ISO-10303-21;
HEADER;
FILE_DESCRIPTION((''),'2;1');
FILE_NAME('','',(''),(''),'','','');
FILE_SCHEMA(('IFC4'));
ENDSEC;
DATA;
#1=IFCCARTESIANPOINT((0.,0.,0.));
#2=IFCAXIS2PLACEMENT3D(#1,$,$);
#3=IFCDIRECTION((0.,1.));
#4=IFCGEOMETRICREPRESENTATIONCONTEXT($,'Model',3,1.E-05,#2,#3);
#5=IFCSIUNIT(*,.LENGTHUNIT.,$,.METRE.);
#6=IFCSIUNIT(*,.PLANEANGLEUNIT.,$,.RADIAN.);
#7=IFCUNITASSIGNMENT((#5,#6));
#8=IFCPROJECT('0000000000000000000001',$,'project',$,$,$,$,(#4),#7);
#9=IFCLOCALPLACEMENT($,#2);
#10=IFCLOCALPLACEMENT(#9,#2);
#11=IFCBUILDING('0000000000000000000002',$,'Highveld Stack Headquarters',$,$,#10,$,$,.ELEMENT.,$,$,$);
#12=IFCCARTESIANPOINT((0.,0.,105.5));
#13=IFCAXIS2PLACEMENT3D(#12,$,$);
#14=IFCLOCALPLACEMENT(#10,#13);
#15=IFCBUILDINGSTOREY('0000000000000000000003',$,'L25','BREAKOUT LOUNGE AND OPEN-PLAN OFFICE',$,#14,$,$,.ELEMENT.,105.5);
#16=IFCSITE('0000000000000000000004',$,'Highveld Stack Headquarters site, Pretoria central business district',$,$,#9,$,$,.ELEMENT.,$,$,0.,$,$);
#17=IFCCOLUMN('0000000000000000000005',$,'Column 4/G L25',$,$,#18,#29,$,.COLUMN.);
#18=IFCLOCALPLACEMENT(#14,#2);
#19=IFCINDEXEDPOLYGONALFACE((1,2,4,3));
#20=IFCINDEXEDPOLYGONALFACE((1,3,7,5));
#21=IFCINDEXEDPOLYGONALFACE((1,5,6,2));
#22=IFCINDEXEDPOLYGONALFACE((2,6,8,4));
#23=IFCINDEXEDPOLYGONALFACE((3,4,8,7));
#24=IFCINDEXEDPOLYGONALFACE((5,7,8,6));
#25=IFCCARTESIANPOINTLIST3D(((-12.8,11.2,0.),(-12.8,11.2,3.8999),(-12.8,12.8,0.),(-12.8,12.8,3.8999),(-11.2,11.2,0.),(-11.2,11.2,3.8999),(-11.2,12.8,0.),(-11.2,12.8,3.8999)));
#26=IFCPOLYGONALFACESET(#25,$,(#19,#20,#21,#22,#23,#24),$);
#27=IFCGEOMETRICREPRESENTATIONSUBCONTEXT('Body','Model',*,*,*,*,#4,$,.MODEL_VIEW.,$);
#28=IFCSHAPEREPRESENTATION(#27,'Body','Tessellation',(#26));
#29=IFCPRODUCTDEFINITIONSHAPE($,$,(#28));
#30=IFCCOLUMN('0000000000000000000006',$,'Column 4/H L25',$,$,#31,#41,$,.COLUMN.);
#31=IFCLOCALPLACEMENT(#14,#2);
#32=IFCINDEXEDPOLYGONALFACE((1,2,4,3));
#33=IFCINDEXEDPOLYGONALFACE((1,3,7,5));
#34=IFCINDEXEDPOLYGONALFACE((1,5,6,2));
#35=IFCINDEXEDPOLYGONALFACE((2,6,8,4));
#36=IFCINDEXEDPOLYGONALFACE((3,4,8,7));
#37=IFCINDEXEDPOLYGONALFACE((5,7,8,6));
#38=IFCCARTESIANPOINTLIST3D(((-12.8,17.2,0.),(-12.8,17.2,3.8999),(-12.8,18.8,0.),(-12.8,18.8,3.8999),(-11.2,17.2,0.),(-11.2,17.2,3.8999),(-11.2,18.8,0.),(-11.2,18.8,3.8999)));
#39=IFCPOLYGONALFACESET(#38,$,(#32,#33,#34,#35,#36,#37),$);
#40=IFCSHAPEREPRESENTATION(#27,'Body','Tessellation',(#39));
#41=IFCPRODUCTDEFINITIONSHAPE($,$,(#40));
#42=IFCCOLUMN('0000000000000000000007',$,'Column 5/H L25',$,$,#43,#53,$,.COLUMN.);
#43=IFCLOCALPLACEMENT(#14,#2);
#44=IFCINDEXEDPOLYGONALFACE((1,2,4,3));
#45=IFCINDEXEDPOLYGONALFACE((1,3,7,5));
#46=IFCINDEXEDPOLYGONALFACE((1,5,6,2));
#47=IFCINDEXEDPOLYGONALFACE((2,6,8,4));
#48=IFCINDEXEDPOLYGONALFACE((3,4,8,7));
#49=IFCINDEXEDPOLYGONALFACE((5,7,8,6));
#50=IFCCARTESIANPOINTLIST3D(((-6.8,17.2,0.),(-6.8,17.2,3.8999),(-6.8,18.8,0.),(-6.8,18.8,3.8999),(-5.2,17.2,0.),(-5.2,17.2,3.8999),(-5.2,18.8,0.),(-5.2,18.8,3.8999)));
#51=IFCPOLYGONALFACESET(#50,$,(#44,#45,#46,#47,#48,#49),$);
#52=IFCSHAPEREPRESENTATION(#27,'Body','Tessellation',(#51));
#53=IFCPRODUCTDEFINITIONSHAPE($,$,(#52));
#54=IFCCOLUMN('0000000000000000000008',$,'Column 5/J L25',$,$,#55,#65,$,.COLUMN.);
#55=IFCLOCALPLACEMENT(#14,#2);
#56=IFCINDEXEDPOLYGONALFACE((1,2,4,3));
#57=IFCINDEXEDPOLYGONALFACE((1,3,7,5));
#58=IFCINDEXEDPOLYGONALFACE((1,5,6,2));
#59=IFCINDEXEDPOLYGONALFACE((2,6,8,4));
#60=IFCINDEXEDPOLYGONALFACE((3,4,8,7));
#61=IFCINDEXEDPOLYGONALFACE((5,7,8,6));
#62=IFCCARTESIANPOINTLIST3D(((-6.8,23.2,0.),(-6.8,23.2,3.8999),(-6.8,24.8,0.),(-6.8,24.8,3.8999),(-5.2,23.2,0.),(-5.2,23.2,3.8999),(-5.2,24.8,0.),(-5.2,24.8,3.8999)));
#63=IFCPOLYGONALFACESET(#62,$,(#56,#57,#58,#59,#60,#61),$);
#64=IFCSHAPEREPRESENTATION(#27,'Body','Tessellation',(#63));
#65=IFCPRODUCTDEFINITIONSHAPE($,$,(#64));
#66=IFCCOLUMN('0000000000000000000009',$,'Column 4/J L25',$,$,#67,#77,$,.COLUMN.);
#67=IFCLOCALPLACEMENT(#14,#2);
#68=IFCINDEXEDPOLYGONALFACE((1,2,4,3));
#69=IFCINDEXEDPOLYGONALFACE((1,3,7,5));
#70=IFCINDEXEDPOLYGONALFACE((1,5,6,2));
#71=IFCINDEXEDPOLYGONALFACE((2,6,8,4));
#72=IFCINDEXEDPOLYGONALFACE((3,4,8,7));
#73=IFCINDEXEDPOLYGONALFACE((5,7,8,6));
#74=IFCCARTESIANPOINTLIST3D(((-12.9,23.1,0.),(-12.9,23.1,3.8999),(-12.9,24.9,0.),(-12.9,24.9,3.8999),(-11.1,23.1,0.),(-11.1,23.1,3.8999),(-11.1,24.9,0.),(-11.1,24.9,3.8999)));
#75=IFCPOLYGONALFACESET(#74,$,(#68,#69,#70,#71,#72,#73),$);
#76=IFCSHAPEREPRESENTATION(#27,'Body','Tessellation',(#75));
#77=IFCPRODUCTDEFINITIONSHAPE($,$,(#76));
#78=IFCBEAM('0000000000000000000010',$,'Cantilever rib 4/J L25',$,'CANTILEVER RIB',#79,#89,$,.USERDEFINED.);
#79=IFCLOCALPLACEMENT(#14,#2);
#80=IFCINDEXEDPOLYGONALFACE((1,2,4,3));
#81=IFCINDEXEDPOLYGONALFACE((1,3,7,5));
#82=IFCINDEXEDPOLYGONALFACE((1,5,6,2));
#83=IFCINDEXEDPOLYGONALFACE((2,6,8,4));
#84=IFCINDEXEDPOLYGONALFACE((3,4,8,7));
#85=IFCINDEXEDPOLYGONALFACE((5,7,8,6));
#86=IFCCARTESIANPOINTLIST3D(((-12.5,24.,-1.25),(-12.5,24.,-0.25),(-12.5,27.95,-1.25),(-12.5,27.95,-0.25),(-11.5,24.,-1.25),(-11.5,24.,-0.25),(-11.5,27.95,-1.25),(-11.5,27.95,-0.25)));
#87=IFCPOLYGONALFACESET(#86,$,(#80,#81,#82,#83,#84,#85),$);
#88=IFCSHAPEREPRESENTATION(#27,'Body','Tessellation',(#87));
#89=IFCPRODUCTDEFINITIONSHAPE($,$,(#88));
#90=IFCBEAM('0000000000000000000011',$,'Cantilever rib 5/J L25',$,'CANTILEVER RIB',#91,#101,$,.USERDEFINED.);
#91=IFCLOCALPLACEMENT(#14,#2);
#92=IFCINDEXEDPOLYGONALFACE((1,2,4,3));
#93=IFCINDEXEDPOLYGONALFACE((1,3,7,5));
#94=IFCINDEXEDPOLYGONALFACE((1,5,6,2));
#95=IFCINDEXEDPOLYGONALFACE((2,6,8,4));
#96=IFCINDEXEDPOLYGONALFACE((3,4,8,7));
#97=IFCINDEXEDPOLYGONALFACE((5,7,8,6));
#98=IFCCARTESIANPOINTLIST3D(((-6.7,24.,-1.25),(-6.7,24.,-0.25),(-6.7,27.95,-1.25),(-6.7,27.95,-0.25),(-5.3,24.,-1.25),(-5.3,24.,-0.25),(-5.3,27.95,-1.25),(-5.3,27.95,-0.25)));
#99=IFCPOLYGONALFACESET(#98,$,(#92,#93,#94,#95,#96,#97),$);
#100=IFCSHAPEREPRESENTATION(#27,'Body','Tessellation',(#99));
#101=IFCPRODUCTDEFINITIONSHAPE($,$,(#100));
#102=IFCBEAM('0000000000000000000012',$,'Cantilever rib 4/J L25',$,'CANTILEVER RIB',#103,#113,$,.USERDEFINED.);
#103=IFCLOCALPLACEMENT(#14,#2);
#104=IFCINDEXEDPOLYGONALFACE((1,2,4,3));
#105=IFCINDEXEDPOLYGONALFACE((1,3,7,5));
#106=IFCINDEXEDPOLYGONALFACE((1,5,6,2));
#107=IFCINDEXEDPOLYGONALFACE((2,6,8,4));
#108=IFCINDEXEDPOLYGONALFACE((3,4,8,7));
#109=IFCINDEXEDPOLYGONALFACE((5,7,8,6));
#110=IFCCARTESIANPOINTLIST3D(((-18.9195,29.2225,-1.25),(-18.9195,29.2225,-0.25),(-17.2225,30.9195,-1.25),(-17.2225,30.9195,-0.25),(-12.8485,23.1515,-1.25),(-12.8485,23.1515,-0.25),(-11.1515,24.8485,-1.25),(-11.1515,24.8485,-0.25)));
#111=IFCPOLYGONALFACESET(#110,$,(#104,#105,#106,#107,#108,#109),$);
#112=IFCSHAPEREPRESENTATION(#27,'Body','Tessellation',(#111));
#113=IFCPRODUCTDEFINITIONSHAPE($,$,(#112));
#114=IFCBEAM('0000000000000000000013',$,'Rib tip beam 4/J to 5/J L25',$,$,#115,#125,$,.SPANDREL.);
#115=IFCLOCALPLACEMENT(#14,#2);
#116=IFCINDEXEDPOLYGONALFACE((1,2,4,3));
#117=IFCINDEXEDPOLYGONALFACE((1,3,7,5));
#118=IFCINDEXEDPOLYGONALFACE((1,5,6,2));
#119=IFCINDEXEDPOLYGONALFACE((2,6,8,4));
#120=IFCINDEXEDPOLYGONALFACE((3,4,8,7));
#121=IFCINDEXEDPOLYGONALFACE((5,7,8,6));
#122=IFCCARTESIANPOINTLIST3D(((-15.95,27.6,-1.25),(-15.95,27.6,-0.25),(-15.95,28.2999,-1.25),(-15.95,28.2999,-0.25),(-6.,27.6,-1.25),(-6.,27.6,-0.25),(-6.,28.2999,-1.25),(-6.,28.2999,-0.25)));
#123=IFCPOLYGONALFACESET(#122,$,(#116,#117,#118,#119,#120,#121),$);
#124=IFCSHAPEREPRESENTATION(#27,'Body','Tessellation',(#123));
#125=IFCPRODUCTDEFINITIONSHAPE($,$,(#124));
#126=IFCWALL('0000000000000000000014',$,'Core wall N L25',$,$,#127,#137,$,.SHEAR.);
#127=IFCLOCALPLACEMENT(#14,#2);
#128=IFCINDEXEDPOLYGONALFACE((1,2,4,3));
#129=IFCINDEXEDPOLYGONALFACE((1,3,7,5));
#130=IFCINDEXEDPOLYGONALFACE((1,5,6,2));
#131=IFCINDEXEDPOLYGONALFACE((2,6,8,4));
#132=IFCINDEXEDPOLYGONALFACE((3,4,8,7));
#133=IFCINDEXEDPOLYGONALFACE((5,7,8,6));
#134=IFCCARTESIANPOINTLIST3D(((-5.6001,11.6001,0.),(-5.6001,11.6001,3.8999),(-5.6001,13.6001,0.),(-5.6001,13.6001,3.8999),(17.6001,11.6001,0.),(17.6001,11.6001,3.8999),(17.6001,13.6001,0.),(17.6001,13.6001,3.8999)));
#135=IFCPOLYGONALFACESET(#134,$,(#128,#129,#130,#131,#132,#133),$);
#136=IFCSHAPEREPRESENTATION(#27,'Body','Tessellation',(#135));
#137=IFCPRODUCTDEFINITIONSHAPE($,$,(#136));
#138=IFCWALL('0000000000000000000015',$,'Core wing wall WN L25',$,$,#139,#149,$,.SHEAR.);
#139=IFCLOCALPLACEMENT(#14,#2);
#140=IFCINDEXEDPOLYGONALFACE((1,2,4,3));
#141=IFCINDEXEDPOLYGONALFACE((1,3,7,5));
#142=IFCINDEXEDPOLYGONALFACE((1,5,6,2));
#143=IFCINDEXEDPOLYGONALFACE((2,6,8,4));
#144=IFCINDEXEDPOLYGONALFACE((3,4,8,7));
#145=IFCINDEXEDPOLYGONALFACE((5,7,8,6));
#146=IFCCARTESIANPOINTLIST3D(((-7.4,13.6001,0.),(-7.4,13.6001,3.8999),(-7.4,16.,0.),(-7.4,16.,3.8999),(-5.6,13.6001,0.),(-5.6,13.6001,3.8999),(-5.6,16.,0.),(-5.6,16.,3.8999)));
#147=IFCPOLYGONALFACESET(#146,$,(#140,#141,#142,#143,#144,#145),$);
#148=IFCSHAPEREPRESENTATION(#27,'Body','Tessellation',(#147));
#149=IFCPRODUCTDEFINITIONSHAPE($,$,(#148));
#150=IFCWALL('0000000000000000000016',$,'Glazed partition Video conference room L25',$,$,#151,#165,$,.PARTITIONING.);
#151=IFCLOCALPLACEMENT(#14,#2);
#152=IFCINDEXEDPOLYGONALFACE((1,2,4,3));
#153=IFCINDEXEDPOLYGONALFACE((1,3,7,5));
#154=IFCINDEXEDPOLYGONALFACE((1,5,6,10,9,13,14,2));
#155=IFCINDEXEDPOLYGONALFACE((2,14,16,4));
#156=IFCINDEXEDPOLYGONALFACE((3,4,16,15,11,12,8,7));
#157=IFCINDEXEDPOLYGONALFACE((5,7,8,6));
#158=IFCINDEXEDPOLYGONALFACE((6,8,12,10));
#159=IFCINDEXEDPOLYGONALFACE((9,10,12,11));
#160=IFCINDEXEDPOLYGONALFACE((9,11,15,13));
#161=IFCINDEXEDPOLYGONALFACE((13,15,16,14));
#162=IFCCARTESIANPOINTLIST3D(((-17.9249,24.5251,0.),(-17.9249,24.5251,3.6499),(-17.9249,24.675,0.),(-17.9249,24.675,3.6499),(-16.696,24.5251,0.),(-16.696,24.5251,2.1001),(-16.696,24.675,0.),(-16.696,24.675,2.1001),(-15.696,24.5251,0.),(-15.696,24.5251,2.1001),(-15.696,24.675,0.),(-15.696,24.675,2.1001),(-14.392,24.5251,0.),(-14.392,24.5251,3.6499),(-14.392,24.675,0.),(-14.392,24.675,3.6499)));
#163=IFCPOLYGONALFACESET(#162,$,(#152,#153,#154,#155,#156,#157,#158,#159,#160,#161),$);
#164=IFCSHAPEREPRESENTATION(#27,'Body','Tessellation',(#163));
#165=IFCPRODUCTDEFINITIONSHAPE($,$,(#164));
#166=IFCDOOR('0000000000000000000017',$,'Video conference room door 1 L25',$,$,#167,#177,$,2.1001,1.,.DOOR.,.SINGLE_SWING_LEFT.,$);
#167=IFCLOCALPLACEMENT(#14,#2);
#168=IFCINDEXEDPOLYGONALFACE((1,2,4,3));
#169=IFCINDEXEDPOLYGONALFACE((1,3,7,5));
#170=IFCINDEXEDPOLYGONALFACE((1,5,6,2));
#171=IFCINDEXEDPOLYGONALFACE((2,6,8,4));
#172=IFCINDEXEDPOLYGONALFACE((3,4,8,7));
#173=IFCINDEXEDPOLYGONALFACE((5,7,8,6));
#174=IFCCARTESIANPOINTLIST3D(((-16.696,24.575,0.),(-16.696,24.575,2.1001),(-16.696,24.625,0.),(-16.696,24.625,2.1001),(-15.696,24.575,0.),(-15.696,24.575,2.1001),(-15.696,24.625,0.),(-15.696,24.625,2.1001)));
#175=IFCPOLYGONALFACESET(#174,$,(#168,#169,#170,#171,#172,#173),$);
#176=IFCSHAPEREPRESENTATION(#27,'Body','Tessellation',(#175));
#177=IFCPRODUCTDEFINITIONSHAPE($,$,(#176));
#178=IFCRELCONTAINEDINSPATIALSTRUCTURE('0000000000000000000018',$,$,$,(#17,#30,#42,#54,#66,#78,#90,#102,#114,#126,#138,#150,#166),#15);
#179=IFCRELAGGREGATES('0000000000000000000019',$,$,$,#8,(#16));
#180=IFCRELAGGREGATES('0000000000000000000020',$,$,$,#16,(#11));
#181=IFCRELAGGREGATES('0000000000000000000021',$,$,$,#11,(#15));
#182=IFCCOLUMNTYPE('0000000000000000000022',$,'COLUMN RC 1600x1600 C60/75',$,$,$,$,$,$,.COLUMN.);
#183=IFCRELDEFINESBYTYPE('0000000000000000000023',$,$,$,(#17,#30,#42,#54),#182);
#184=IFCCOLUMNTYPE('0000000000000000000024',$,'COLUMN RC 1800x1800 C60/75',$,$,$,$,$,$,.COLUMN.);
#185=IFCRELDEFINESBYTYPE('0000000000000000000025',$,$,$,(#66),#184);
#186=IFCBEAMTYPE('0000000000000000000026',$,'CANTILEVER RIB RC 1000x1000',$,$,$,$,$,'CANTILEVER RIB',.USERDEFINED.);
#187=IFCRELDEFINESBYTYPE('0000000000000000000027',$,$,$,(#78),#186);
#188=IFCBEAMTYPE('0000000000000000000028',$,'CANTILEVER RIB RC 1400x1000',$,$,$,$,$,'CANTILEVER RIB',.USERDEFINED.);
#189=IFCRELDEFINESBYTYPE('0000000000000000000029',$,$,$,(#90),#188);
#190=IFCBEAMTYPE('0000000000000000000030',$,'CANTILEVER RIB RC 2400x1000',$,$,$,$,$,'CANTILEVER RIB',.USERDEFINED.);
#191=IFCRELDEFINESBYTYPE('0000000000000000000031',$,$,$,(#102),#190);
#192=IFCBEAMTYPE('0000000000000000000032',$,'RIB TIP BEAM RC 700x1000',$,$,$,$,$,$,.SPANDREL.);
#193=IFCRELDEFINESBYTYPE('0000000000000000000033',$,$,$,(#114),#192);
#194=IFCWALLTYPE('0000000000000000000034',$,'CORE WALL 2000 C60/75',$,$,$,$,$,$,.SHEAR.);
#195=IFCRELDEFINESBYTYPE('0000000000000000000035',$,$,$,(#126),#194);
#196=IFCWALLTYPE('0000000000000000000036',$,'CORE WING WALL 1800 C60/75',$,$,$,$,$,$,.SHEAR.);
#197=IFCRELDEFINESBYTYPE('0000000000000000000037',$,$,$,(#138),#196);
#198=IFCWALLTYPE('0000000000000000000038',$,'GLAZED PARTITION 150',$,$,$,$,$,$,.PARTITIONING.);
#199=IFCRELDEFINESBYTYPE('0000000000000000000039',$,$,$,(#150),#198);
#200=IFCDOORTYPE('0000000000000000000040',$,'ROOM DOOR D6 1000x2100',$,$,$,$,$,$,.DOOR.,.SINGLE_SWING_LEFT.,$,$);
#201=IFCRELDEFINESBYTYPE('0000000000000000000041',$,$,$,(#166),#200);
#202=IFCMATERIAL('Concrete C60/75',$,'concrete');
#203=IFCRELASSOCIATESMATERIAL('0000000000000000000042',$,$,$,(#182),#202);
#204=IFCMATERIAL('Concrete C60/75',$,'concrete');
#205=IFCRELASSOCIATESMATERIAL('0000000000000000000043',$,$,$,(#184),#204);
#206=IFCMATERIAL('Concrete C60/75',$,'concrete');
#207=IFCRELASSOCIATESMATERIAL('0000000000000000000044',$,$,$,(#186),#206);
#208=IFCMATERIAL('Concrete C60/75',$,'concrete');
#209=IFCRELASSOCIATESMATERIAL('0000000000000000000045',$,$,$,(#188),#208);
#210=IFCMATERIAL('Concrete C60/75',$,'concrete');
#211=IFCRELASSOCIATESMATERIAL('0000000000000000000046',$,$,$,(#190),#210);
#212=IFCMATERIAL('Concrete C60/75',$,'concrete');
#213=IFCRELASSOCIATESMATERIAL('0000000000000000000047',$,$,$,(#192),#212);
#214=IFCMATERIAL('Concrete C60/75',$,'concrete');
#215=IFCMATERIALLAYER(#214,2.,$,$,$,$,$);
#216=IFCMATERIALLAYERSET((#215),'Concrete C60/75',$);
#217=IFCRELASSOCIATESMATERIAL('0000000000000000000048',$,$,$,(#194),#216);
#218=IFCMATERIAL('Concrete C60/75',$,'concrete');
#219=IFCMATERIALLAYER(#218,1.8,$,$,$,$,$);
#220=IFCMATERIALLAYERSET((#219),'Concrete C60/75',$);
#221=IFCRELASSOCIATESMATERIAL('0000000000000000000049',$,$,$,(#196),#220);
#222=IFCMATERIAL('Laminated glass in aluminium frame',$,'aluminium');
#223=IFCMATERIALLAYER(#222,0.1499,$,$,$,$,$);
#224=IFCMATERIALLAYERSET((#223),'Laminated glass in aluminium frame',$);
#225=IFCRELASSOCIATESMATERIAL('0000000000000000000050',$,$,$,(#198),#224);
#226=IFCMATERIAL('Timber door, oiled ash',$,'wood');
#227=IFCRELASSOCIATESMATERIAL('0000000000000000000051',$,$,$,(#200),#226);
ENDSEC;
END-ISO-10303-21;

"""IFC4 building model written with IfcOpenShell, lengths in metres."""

from ifc_helpers import new_model, si_unit, direction, frame, frame_2d, origin, origin_2d, place, context, subcontext, project, spatial, rectangle, extrude, material, layer, layer_set, material_profile, profile_set, type_object, element, fill, save


model = new_model("IFC4")

# Units and contexts
model_context = context("Model", 3, precision=1e-05, world=origin(), true_north=direction((0.0, 1.0)))
body_context = subcontext(model_context, "Body", "Model", "MODEL_VIEW")
ifc_project = project(units=[si_unit("LENGTHUNIT", "METRE"), si_unit("PLANEANGLEUNIT", "RADIAN")], contexts=[model_context])

# Site, building, storey
site_placement = place(None, origin())
site = spatial("IfcSite", under=ifc_project, at=site_placement, Name="Highveld Stack Headquarters site, Pretoria central business district", CompositionType="ELEMENT", RefElevation=0.0)
building_placement = place(site_placement, origin())
building = spatial("IfcBuilding", under=site, at=building_placement, Name="Highveld Stack Headquarters", CompositionType="ELEMENT")
storey_placement = place(building_placement, frame((0.0, 0.0, 105.5)))
storey = spatial("IfcBuildingStorey", under=building, at=storey_placement, Name="L25", Description="BREAKOUT LOUNGE AND OPEN-PLAN OFFICE", CompositionType="ELEMENT", Elevation=105.5)

# Columns
ifc_material_1 = material(Name="Concrete C60/75", Category="concrete")
ifc_material_profile_1 = material_profile(ifc_material_1, rectangle(XDim=1.6001, YDim=1.6001, at=origin_2d()), Name="RC 1600x1600")
ifc_profile_set_1 = profile_set([ifc_material_profile_1], Name="Concrete C60/75")
column_type_1 = type_object("IfcColumnType", Name="COLUMN RC 1600x1600 C60/75", PredefinedType="COLUMN", material=ifc_profile_set_1)
for number, where, z_axis, x_axis, name in (
    (1, (-12.0, 12.0, 0.0), (0.0, 0.0, 1.0), (1.0, 0.0, 0.0), "Column 4/G L25"),
    (2, (-12.0, 18.0, 0.0), (0.0, 0.0, 1.0), (1.0, 0.0, 0.0), "Column 4/H L25"),
    (3, (-6.0, 18.0, 0.0), (0.0, 0.0, 1.0), (1.0, 0.0, 0.0), "Column 5/H L25"),
    (4, (-6.0, 24.0, 0.0), (0.0, 0.0, 1.0), (1.0, 0.0, 0.0), "Column 5/J L25"),
):
    element("IfcColumn", number, at=place(storey_placement, frame(where, z_axis=z_axis, x_axis=x_axis)), inside=storey, type_object=column_type_1, Name=name, PredefinedType="COLUMN", context=body_context, shape_type="SweptSolid", body=[
        extrude(rectangle(XDim=1.6001, YDim=1.6001, at=origin_2d()), origin(), (0.0, 0.0, 1.0), 3.8999),
    ])
ifc_material_2 = material(Name="Concrete C60/75", Category="concrete")
ifc_material_profile_2 = material_profile(ifc_material_2, rectangle(XDim=1.8, YDim=1.8, at=origin_2d()), Name="RC 1800x1800")
ifc_profile_set_2 = profile_set([ifc_material_profile_2], Name="Concrete C60/75")
column_type_2 = type_object("IfcColumnType", Name="COLUMN RC 1800x1800 C60/75", PredefinedType="COLUMN", material=ifc_profile_set_2)
column_placement = place(storey_placement, frame((-12.0, 24.0, 0.0), z_axis=(0.0, 0.0, 1.0), x_axis=(1.0, 0.0, 0.0)))
element("IfcColumn", 5, at=column_placement, inside=storey, type_object=column_type_2, Name="Column 4/J L25", PredefinedType="COLUMN", context=body_context, shape_type="SweptSolid", body=[
    extrude(rectangle(XDim=1.8, YDim=1.8, at=origin_2d()), origin(), (0.0, 0.0, 1.0), 3.8999),
])

# Beams
ifc_material_3 = material(Name="Concrete C60/75", Category="concrete")
ifc_material_profile_3 = material_profile(ifc_material_3, rectangle(XDim=1.0, YDim=1.0, at=origin_2d()), Name="RC 1000x1000")
ifc_profile_set_3 = profile_set([ifc_material_profile_3], Name="Concrete C60/75")
beam_type_1 = type_object("IfcBeamType", Name="CANTILEVER RIB RC 1000x1000", ElementType="CANTILEVER RIB", PredefinedType="USERDEFINED", material=ifc_profile_set_3)
beam_1_placement = place(storey_placement, frame((-12.0, 24.0, -0.75), z_axis=(0.0, 1.0, 0.0), x_axis=(-1.0, 0.0, 0.0)))
element("IfcBeam", 6, at=beam_1_placement, inside=storey, type_object=beam_type_1, Name="Cantilever rib 4/J L25", ObjectType="CANTILEVER RIB", PredefinedType="USERDEFINED", context=body_context, shape_type="SweptSolid", body=[
    extrude(rectangle(XDim=1.0, YDim=1.0, at=origin_2d()), origin(), (0.0, 0.0, 1.0), 3.95),
])
ifc_material_4 = material(Name="Concrete C60/75", Category="concrete")
ifc_material_profile_4 = material_profile(ifc_material_4, rectangle(XDim=1.3999, YDim=1.0, at=origin_2d()), Name="RC 1400x1000")
ifc_profile_set_4 = profile_set([ifc_material_profile_4], Name="Concrete C60/75")
beam_type_2 = type_object("IfcBeamType", Name="CANTILEVER RIB RC 1400x1000", ElementType="CANTILEVER RIB", PredefinedType="USERDEFINED", material=ifc_profile_set_4)
beam_2_placement = place(storey_placement, frame((-6.0, 24.0, -0.75), z_axis=(0.0, 1.0, 0.0), x_axis=(-1.0, 0.0, 0.0)))
element("IfcBeam", 7, at=beam_2_placement, inside=storey, type_object=beam_type_2, Name="Cantilever rib 5/J L25", ObjectType="CANTILEVER RIB", PredefinedType="USERDEFINED", context=body_context, shape_type="SweptSolid", body=[
    extrude(rectangle(XDim=1.3999, YDim=1.0, at=origin_2d()), origin(), (0.0, 0.0, 1.0), 3.95),
])
ifc_material_5 = material(Name="Concrete C60/75", Category="concrete")
ifc_material_profile_5 = material_profile(ifc_material_5, rectangle(XDim=2.3999, YDim=1.0, at=origin_2d()), Name="RC 2400x1000")
ifc_profile_set_5 = profile_set([ifc_material_profile_5], Name="Concrete C60/75")
beam_type_3 = type_object("IfcBeamType", Name="CANTILEVER RIB RC 2400x1000", ElementType="CANTILEVER RIB", PredefinedType="USERDEFINED", material=ifc_profile_set_5)
beam_3_placement = place(storey_placement, frame((-12.0, 24.0, -0.75), z_axis=(-0.707107, 0.707107, 0.0), x_axis=(-0.707107, -0.707107, 0.0)))
element("IfcBeam", 8, at=beam_3_placement, inside=storey, type_object=beam_type_3, Name="Cantilever rib 4/J L25", ObjectType="CANTILEVER RIB", PredefinedType="USERDEFINED", context=body_context, shape_type="SweptSolid", body=[
    extrude(rectangle(XDim=2.3999, YDim=1.0, at=origin_2d()), origin(), (0.0, 0.0, 1.0), 8.5857),
])
ifc_material_6 = material(Name="Concrete C60/75", Category="concrete")
ifc_material_profile_6 = material_profile(ifc_material_6, rectangle(XDim=0.7, YDim=1.0, at=origin_2d()), Name="RC 700x1000")
ifc_profile_set_6 = profile_set([ifc_material_profile_6], Name="Concrete C60/75")
beam_type_4 = type_object("IfcBeamType", Name="RIB TIP BEAM RC 700x1000", PredefinedType="SPANDREL", material=ifc_profile_set_6)
beam_4_placement = place(storey_placement, frame((-15.95, 27.95, -0.75), z_axis=(1.0, 0.0, 0.0), x_axis=(0.0, 1.0, 0.0)))
element("IfcBeam", 9, at=beam_4_placement, inside=storey, type_object=beam_type_4, Name="Rib tip beam 4/J to 5/J L25", PredefinedType="SPANDREL", context=body_context, shape_type="SweptSolid", body=[
    extrude(rectangle(XDim=0.7, YDim=1.0, at=origin_2d()), origin(), (0.0, 0.0, 1.0), 9.95),
])

# Walls
ifc_material_7 = material(Name="Concrete C60/75", Category="concrete")
ifc_layer_1 = layer(ifc_material_7, 2.0)
ifc_layer_set_1 = layer_set([ifc_layer_1], Name="Concrete C60/75")
wall_type_1 = type_object("IfcWallType", Name="CORE WALL 2000 C60/75", PredefinedType="SHEAR", material=ifc_layer_set_1)
wall_1_placement = place(storey_placement, frame((-5.6001, 12.6001, 0.0), z_axis=(0.0, 0.0, 1.0), x_axis=(1.0, 0.0, 0.0)))
element("IfcWall", 10, at=wall_1_placement, inside=storey, type_object=wall_type_1, Name="Core wall N L25", PredefinedType="SHEAR", context=body_context, shape_type="SweptSolid", body=[
    extrude(rectangle(XDim=23.2002, YDim=2.0, at=frame_2d((11.6001, 0.0))), origin(), (0.0, 0.0, 1.0), 3.8999),
])
ifc_material_8 = material(Name="Concrete C60/75", Category="concrete")
ifc_layer_2 = layer(ifc_material_8, 1.8)
ifc_layer_set_2 = layer_set([ifc_layer_2], Name="Concrete C60/75")
wall_type_2 = type_object("IfcWallType", Name="CORE WING WALL 1800 C60/75", PredefinedType="SHEAR", material=ifc_layer_set_2)
wall_2_placement = place(storey_placement, frame((-6.5, 13.6001, 0.0), z_axis=(0.0, 0.0, 1.0), x_axis=(0.0, 1.0, 0.0)))
element("IfcWall", 11, at=wall_2_placement, inside=storey, type_object=wall_type_2, Name="Core wing wall WN L25", PredefinedType="SHEAR", context=body_context, shape_type="SweptSolid", body=[
    extrude(rectangle(XDim=2.3999, YDim=1.8, at=frame_2d((1.2, 0.0))), origin(), (0.0, 0.0, 1.0), 3.8999),
])

# Wall, opening, door
ifc_material_9 = material(Name="Laminated glass in aluminium frame", Category="aluminium")
ifc_layer_3 = layer(ifc_material_9, 0.1499)
ifc_layer_set_3 = layer_set([ifc_layer_3], Name="Laminated glass in aluminium frame")
wall_type_3 = type_object("IfcWallType", Name="GLAZED PARTITION 150", PredefinedType="PARTITIONING", material=ifc_layer_set_3)
wall_3_placement = place(storey_placement, frame((-17.925, 24.6001, 0.0), z_axis=(0.0, 0.0, 1.0), x_axis=(1.0, 0.0, 0.0)))
wall_3 = element("IfcWall", 12, at=wall_3_placement, inside=storey, type_object=wall_type_3, Name="Glazed partition Video conference room L25", PredefinedType="PARTITIONING", context=body_context, shape_type="SweptSolid", body=[
    extrude(rectangle(XDim=3.533, YDim=0.1499, at=frame_2d((1.7666, 0.0))), origin(), (0.0, 0.0, 1.0), 3.6499),
])
opening_1_placement = place(wall_3_placement, frame((1.229, 0.0, 0.0)))
opening_1 = element("IfcOpeningElement", 13, at=opening_1_placement, cuts=wall_3, PredefinedType="OPENING", context=body_context, shape_type="SweptSolid", body=[
    extrude(rectangle(XDim=1.0, YDim=2.1001, at=frame_2d((0.5, 1.05))), frame((0.0, 0.085, 0.0), z_axis=(0.0, -1.0, 0.0), x_axis=(1.0, 0.0, 0.0)), (0.0, 0.0, 1.0), 0.1699),
])
ifc_material_10 = material(Name="Timber door, oiled ash", Category="wood")
door_type = type_object("IfcDoorType", Name="ROOM DOOR D6 1000x2100", OperationType="SINGLE_SWING_LEFT", PredefinedType="DOOR", material=ifc_material_10)
door_1_placement = place(opening_1_placement, origin())
door_1 = element("IfcDoor", 14, at=door_1_placement, inside=storey, type_object=door_type, Name="Video conference room door 1 L25", OperationType="SINGLE_SWING_LEFT", OverallHeight=2.1001, OverallWidth=1.0, PredefinedType="DOOR", context=body_context, shape_type="SweptSolid", body=[
    extrude(rectangle(XDim=1.0, YDim=2.1001, at=frame_2d((0.5, 1.05))), frame((0.0, 0.0249, 0.0), z_axis=(0.0, -1.0, 0.0), x_axis=(1.0, 0.0, 0.0)), (0.0, 0.0, 1.0), 0.05),
])
fill(opening_1, door_1)

save(model, "model.ifc")
